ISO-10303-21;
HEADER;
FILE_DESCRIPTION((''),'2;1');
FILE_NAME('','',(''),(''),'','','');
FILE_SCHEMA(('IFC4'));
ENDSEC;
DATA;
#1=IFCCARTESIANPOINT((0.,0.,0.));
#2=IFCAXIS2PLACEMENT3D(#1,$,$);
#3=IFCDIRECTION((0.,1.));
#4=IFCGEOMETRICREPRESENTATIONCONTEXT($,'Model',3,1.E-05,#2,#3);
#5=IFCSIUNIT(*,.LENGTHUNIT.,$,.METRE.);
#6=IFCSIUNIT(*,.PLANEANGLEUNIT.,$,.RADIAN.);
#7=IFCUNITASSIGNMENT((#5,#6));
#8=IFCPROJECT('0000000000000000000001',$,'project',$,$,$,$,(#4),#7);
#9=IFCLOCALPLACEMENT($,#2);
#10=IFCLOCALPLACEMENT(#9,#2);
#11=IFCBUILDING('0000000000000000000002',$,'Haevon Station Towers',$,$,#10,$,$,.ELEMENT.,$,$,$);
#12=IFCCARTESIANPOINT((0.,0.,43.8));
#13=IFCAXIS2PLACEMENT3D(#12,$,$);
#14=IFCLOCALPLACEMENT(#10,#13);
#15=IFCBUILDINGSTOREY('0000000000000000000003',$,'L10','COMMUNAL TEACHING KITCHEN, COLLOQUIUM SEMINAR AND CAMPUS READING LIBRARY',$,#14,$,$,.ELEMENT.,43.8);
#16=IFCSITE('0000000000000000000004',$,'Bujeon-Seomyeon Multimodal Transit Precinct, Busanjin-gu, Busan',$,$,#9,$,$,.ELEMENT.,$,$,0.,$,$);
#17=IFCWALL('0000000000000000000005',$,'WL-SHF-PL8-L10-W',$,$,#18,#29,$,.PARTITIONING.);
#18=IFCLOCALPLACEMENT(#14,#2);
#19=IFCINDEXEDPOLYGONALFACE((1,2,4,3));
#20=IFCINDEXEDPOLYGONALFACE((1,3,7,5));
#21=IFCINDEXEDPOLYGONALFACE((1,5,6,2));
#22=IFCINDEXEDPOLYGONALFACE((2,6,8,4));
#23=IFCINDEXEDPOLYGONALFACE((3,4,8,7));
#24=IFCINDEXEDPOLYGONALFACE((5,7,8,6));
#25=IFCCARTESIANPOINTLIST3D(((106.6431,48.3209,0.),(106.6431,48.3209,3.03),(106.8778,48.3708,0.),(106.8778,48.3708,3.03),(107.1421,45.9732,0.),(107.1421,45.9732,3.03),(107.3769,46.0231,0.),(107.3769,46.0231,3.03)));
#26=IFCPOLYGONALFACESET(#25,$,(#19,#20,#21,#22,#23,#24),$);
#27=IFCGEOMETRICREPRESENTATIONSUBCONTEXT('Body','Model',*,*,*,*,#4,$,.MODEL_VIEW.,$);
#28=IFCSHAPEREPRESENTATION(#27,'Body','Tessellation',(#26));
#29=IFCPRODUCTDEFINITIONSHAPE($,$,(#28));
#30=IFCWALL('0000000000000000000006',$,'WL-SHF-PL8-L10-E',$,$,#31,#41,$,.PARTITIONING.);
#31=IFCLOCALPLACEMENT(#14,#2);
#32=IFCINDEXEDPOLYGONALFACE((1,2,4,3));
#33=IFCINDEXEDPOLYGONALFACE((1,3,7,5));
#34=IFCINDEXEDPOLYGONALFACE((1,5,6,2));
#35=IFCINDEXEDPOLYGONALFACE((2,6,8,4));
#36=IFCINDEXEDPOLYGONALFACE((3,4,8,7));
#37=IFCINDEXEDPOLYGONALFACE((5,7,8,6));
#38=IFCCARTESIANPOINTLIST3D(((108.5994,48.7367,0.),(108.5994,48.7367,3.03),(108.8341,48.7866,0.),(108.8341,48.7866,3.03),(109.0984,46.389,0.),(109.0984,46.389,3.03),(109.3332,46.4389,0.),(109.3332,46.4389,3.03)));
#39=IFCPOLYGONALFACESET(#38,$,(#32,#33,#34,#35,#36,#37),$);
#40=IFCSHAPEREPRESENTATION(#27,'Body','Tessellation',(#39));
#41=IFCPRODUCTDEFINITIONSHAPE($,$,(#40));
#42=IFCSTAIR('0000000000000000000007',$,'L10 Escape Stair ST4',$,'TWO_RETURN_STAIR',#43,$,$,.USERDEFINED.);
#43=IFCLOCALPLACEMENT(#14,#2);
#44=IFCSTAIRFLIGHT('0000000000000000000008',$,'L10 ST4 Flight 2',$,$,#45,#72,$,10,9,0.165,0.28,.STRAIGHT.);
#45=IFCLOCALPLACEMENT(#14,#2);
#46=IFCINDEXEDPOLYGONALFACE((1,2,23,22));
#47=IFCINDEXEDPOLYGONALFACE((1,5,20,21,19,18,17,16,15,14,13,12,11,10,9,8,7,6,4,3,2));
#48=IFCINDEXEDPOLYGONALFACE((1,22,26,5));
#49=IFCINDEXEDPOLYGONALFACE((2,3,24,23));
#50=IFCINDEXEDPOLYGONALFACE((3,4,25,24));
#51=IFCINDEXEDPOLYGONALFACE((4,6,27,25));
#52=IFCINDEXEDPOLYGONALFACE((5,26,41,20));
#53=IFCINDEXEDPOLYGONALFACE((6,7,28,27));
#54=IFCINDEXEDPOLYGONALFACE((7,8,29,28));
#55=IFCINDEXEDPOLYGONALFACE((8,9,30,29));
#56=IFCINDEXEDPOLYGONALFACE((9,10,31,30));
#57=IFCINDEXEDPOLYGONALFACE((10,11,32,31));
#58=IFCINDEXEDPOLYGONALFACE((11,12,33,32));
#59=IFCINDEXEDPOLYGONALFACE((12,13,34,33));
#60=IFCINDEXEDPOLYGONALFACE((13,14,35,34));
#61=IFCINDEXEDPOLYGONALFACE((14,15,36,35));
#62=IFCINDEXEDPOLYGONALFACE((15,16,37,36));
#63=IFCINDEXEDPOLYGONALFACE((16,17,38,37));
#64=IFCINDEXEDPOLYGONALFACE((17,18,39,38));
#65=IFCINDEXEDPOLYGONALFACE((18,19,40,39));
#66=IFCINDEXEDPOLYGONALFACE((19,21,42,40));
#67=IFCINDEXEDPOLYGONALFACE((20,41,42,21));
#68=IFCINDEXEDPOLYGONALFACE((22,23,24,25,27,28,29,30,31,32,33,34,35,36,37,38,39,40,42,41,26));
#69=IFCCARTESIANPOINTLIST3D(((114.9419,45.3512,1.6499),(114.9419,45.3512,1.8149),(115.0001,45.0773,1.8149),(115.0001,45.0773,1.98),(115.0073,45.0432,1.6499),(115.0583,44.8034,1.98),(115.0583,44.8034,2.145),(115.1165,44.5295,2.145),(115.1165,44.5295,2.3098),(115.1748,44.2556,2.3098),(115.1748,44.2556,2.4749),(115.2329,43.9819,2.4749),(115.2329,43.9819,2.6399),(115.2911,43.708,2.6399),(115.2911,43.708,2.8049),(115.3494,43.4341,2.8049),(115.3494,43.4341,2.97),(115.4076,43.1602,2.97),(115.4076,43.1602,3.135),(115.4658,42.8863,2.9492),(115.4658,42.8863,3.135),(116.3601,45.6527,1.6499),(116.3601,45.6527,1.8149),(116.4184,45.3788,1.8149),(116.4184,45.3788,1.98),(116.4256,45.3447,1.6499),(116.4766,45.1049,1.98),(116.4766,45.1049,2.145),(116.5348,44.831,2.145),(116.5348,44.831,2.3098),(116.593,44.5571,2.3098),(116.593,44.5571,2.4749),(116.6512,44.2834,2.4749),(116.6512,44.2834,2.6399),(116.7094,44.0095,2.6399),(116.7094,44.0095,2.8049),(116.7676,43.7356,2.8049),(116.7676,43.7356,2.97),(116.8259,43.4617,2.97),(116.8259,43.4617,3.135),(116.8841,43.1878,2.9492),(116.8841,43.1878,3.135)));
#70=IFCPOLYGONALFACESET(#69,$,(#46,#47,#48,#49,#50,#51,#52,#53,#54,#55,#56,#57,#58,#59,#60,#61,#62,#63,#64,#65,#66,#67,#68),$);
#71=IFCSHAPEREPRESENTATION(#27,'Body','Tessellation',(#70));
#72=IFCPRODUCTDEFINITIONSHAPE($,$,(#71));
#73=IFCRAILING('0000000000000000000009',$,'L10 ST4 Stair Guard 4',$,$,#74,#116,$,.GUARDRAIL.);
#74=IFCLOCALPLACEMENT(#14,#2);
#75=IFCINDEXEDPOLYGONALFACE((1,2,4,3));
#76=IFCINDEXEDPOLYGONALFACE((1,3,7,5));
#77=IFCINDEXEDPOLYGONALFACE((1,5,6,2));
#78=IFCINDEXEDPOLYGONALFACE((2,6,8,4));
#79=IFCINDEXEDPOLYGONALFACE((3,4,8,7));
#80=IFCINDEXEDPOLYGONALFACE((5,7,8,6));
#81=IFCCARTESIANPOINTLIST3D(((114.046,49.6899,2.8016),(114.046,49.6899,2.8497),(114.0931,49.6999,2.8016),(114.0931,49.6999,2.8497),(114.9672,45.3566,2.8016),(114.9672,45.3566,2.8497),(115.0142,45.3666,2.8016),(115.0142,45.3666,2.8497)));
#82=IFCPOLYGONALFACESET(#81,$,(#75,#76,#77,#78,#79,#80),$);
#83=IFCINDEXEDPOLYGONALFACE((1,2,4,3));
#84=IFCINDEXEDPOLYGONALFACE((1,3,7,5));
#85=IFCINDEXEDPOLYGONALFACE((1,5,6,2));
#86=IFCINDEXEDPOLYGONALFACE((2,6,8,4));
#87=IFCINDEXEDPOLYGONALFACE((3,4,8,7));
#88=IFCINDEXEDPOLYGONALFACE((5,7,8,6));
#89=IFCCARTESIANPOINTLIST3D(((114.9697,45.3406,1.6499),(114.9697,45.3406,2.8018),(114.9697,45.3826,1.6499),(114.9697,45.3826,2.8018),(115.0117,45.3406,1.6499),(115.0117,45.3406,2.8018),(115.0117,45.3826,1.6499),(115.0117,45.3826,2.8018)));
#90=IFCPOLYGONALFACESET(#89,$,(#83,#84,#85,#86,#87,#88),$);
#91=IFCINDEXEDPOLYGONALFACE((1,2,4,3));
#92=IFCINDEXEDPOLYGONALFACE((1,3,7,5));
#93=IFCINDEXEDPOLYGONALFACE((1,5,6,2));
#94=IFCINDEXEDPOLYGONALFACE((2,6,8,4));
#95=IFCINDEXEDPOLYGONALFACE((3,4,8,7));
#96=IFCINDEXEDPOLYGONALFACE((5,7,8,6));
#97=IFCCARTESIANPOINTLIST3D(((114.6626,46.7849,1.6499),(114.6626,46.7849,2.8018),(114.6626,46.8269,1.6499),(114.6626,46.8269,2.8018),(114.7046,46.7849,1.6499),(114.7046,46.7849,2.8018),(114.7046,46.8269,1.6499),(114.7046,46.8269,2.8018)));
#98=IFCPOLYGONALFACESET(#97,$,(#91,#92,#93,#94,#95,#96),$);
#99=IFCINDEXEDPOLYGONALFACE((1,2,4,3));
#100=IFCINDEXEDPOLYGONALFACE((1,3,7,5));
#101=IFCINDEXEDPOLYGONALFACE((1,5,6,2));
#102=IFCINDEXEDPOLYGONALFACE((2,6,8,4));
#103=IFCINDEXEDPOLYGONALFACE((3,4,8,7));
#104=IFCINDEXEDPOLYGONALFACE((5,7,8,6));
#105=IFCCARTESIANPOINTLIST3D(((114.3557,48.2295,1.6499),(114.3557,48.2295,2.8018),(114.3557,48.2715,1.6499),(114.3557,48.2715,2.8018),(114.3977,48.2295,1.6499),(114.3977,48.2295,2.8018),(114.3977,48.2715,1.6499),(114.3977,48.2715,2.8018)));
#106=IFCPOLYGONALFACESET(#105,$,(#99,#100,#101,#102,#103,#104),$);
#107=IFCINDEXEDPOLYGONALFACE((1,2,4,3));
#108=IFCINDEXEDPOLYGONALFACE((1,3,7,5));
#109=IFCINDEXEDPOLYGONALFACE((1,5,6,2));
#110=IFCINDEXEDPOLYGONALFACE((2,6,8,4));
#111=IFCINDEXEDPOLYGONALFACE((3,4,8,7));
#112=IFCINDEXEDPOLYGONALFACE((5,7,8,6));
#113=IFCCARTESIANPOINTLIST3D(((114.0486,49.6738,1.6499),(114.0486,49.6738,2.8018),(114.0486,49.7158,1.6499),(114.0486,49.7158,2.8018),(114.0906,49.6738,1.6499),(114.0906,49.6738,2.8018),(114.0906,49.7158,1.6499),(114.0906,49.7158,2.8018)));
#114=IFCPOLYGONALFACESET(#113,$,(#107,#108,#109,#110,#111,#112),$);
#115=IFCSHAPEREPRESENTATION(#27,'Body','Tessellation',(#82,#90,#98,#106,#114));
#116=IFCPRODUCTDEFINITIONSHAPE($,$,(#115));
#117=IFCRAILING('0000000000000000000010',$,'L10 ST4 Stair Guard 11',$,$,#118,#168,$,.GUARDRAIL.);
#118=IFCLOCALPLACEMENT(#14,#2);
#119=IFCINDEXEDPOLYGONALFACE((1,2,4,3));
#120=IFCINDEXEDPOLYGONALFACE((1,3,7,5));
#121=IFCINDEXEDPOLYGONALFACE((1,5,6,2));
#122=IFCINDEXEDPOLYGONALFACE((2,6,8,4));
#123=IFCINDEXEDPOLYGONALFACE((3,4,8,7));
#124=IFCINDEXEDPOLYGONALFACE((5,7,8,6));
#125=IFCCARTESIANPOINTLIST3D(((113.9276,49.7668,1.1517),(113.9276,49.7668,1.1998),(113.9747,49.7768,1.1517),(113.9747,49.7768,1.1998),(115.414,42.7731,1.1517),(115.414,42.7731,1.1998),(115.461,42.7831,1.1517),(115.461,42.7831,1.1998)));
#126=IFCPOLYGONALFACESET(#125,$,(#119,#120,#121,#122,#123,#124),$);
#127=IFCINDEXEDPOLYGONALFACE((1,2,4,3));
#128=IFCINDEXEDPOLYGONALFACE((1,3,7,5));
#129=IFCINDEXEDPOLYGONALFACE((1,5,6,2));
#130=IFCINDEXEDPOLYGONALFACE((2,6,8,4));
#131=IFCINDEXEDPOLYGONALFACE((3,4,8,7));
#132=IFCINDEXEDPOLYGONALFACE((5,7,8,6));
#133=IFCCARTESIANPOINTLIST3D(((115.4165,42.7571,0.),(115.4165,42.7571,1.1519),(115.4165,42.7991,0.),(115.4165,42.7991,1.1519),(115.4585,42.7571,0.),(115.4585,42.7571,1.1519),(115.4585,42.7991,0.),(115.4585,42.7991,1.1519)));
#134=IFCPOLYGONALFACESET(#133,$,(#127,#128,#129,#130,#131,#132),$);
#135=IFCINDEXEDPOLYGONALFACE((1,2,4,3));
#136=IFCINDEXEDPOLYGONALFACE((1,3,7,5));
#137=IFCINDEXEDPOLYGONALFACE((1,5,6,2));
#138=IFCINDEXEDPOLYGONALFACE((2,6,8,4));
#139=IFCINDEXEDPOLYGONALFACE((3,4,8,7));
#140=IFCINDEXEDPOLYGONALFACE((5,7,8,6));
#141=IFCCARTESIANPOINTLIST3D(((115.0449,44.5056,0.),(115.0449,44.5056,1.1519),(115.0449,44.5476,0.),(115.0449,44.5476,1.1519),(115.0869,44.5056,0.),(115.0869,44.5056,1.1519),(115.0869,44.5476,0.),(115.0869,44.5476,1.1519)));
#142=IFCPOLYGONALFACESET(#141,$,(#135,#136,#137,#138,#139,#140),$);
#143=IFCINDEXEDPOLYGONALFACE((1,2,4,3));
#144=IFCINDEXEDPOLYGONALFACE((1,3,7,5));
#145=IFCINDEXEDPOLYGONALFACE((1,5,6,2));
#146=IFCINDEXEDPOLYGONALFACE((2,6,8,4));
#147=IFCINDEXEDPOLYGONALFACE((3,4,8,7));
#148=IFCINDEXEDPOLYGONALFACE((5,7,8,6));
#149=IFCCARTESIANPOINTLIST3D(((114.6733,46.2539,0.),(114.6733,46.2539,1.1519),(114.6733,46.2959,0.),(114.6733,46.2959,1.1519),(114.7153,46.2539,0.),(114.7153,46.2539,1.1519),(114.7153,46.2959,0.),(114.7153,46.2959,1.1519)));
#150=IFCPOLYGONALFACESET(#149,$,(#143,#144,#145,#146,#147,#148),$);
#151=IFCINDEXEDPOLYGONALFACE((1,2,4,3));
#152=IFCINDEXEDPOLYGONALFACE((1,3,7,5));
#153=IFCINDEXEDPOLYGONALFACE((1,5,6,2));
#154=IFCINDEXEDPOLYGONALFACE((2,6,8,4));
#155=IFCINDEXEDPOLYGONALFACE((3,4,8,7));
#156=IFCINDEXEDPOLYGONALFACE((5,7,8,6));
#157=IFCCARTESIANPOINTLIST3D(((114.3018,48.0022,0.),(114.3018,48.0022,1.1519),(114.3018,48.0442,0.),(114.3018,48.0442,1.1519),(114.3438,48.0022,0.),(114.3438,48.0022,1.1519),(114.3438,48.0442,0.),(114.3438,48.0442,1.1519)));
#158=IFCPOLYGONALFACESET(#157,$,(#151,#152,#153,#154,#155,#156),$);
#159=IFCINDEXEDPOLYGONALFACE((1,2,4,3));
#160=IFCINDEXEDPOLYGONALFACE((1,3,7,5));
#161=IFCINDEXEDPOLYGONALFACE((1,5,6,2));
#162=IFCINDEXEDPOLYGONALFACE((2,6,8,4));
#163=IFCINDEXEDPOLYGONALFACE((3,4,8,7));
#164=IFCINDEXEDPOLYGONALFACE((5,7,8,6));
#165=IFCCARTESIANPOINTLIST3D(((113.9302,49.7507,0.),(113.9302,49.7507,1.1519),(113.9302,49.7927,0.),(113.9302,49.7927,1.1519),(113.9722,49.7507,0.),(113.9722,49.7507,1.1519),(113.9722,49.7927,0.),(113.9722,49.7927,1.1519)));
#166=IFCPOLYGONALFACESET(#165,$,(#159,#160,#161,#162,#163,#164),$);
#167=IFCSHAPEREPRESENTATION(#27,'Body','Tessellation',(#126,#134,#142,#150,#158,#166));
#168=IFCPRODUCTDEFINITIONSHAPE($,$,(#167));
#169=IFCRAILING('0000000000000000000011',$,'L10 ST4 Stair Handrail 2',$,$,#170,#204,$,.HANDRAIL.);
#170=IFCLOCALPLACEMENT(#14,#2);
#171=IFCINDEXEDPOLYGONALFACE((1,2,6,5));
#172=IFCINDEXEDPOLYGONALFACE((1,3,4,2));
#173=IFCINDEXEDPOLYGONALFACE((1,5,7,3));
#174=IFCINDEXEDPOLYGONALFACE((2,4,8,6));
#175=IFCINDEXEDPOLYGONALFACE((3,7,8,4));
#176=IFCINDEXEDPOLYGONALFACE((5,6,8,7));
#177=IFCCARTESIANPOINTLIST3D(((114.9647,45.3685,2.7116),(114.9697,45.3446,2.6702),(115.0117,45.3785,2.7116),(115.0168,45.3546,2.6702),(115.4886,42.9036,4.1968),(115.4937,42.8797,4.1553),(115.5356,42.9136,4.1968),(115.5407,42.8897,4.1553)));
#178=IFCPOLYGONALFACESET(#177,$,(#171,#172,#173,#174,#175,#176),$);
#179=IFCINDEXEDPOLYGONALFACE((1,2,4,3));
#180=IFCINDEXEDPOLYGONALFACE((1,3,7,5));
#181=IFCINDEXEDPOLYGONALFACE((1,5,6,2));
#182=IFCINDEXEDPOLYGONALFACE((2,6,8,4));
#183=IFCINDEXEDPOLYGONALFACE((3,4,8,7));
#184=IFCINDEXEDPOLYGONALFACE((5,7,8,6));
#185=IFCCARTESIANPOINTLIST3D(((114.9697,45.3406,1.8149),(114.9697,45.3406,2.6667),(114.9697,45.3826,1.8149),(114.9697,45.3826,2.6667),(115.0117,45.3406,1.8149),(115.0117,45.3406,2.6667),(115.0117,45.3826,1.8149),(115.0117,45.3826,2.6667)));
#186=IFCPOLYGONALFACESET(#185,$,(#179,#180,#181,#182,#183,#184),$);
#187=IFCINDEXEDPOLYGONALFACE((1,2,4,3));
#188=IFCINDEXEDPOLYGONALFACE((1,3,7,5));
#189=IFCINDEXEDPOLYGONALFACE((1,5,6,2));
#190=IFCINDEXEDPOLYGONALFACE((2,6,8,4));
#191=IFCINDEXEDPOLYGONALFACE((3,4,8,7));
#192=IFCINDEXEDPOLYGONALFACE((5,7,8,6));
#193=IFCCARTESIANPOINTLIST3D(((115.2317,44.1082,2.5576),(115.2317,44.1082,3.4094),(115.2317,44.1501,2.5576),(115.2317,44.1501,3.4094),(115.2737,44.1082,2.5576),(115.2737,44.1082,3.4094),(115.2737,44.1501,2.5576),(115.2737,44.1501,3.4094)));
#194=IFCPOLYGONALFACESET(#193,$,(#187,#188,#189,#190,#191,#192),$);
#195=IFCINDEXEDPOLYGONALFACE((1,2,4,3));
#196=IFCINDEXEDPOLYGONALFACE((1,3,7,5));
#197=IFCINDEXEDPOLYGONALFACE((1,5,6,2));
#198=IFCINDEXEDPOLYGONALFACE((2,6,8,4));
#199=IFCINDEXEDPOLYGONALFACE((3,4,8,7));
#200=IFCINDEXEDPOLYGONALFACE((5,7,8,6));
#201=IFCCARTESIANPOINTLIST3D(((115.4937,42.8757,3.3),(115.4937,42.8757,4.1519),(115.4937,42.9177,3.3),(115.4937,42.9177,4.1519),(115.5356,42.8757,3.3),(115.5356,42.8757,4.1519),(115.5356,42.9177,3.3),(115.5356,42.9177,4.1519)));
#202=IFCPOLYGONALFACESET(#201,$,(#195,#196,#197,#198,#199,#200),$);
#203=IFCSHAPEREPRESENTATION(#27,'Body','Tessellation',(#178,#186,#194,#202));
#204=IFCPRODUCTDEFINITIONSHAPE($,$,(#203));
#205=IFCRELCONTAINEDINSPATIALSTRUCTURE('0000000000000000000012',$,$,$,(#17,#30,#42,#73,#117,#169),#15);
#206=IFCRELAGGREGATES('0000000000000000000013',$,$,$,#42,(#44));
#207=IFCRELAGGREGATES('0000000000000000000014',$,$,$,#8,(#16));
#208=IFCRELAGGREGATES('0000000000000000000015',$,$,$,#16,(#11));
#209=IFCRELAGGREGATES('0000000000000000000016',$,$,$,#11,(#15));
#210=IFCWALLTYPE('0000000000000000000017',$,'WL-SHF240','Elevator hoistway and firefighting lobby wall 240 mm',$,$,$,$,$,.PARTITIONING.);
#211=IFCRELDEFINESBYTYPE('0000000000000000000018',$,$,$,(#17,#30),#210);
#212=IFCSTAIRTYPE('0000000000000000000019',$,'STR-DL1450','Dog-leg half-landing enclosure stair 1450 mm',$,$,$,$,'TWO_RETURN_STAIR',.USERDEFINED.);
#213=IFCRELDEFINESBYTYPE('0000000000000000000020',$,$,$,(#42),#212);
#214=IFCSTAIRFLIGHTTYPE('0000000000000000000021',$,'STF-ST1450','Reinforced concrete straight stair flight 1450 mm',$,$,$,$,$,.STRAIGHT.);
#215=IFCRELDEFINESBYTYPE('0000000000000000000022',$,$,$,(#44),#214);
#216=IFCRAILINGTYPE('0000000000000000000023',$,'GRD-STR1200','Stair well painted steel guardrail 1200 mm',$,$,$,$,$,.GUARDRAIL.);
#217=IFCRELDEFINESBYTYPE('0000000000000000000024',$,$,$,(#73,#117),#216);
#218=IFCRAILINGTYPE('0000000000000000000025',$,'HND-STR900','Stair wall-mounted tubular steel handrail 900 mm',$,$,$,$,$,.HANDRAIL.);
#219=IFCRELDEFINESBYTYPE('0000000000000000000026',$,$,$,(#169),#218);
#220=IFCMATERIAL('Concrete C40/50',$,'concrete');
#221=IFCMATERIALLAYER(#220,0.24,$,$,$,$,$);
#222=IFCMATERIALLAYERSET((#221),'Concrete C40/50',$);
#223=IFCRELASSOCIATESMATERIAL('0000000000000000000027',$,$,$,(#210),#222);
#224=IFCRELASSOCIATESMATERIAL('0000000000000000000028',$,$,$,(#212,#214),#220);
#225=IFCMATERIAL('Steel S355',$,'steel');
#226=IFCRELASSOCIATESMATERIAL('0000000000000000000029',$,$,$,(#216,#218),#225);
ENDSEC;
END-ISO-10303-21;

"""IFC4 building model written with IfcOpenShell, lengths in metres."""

from ifc_helpers import new_model, si_unit, direction, frame, frame_2d, origin, origin_2d, place, context, subcontext, project, spatial, polyline, rectangle, outline, extrude, material, layer, layer_set, type_object, element, aggregate, save


model = new_model("IFC4")

# Units and contexts
model_context = context("Model", 3, precision=1e-05, world=origin(), true_north=direction((0.0, 1.0)))
body_context = subcontext(model_context, "Body", "Model", "MODEL_VIEW")
ifc_project = project(units=[si_unit("LENGTHUNIT", "METRE"), si_unit("PLANEANGLEUNIT", "RADIAN")], contexts=[model_context])

# Site, building, storey
site_placement = place(None, origin())
site = spatial("IfcSite", under=ifc_project, at=site_placement, Name="Bujeon-Seomyeon Multimodal Transit Precinct, Busanjin-gu, Busan", CompositionType="ELEMENT", RefElevation=0.0)
building_placement = place(site_placement, origin())
building = spatial("IfcBuilding", under=site, at=building_placement, Name="Haevon Station Towers", CompositionType="ELEMENT")
storey_placement = place(building_placement, frame((0.0, 0.0, 43.8)))
storey = spatial("IfcBuildingStorey", under=building, at=storey_placement, Name="L10", Description="COMMUNAL TEACHING KITCHEN, COLLOQUIUM SEMINAR AND CAMPUS READING LIBRARY", CompositionType="ELEMENT", Elevation=43.8)

# Shared definitions
ifc_material_1 = material(Name="Steel S355", Category="steel")

# Shared definitions
ifc_material_2 = material(Name="Concrete C40/50", Category="concrete")
ifc_layer_1 = layer(ifc_material_2, 0.24)
ifc_layer_set_1 = layer_set([ifc_layer_1], Name="Concrete C40/50")
wall_type_1 = type_object("IfcWallType", Name="WL-SHF240", Description="Elevator hoistway and firefighting lobby wall 240 mm", PredefinedType="PARTITIONING", material=ifc_layer_set_1)

# Walls
for number, where, z_axis, x_axis, name in (
    (1, (107.2595, 45.998, 0.0), (0.0, 0.0, 1.0), (-0.207917, 0.978146, 0.0), "WL-SHF-PL8-L10-W"),
    (2, (109.2158, 46.4138, 0.0), (0.0, 0.0, 1.0), (-0.207917, 0.978146, 0.0), "WL-SHF-PL8-L10-E"),
):
    element("IfcWall", number, at=place(storey_placement, frame(where, z_axis=z_axis, x_axis=x_axis)), inside=storey, type_object=wall_type_1, Name=name, PredefinedType="PARTITIONING", context=body_context, shape_type="SweptSolid", body=[
        extrude(rectangle(XDim=2.4001, YDim=0.24, at=frame_2d((1.2002, 0.0))), origin(), (0.0, 0.0, 1.0), 3.03),
    ])

# Stair, stair flight
stair_type = type_object("IfcStairType", Name="STR-DL1450", Description="Dog-leg half-landing enclosure stair 1450 mm", ElementType="TWO_RETURN_STAIR", PredefinedType="USERDEFINED", material=ifc_material_2)
stair_placement = place(storey_placement, origin())
stair = element("IfcStair", 3, at=stair_placement, inside=storey, type_object=stair_type, Name="L10 Escape Stair ST4", ObjectType="TWO_RETURN_STAIR", PredefinedType="USERDEFINED")
stair_flight_type = type_object("IfcStairFlightType", Name="STF-ST1450", Description="Reinforced concrete straight stair flight 1450 mm", PredefinedType="STRAIGHT", material=ifc_material_2)
stair_flight_placement = place(storey_placement, frame((115.6509, 45.502, 1.6499), z_axis=(0.0, 0.0, 1.0), x_axis=(0.207912, -0.978148, 0.0)))
stair_flight = element("IfcStairFlight", 4, at=stair_flight_placement, type_object=stair_flight_type, Name="L10 ST4 Flight 2", NumberOfRisers=10, NumberOfTreads=9, PredefinedType="STRAIGHT", RiserHeight=0.165, TreadLength=0.28, context=body_context, shape_type="SweptSolid", body=[
    extrude(outline(polyline([(0.0, 0.0), (0.0, 0.165), (0.28, 0.165), (0.28, 0.3301), (0.5601, 0.3301), (0.5601, 0.4951), (0.8401, 0.4951), (0.8401, 0.6599), (1.1201, 0.6599), (1.1201, 0.825), (1.3999, 0.825), (1.3999, 0.99), (1.6799, 0.99), (1.6799, 1.155), (1.96, 1.155), (1.96, 1.3201), (2.24, 1.3201), (2.24, 1.4851), (2.52, 1.4851), (2.52, 1.6499), (2.52, 1.2993), (0.3149, 0.0), (0.0, 0.0)])), frame((0.0, 0.7251, 0.0), z_axis=(0.0, -1.0, 0.0), x_axis=(1.0, 0.0, 0.0)), (0.0, 0.0, 1.0), 1.45),
])
aggregate(stair, [stair_flight])

# Railings
railing_type_1 = type_object("IfcRailingType", Name="GRD-STR1200", Description="Stair well painted steel guardrail 1200 mm", PredefinedType="GUARDRAIL", material=ifc_material_1)
railing_1_placement = place(storey_placement, frame((114.9907, 45.3616, 1.6499)))
element("IfcRailing", 5, at=railing_1_placement, inside=storey, type_object=railing_type_1, Name="L10 ST4 Stair Guard 4", PredefinedType="GUARDRAIL", context=body_context, shape_type="SweptSolid", body=[
    extrude(rectangle(XDim=0.0481, YDim=0.0481, at=origin_2d()), frame((0.0, 0.0, 1.1758), z_axis=(-0.207929, 0.978144, 0.0), x_axis=(-0.978144, -0.207929, 0.0)), (0.0, 0.0, 1.0), 4.4302),
    extrude(rectangle(XDim=0.042, YDim=0.042, at=origin_2d()), origin(), (0.0, 0.0, 1.0), 1.1519),
    extrude(rectangle(XDim=0.042, YDim=0.042, at=origin_2d()), frame((-0.3071, 1.4443, 0.0)), (0.0, 0.0, 1.0), 1.1519),
    extrude(rectangle(XDim=0.042, YDim=0.042, at=origin_2d()), frame((-0.614, 2.8889, 0.0)), (0.0, 0.0, 1.0), 1.1519),
    extrude(rectangle(XDim=0.042, YDim=0.042, at=origin_2d()), frame((-0.9211, 4.3333, 0.0)), (0.0, 0.0, 1.0), 1.1519),
])
railing_2_placement = place(storey_placement, frame((115.4375, 42.7781, 0.0)))
element("IfcRailing", 6, at=railing_2_placement, inside=storey, type_object=railing_type_1, Name="L10 ST4 Stair Guard 11", PredefinedType="GUARDRAIL", context=body_context, shape_type="SweptSolid", body=[
    extrude(rectangle(XDim=0.0481, YDim=0.0481, at=origin_2d()), frame((0.0, 0.0, 1.1758), z_axis=(-0.207882, 0.978154, 0.0), x_axis=(-0.978154, -0.207882, 0.0)), (0.0, 0.0, 1.0), 7.1499),
    extrude(rectangle(XDim=0.042, YDim=0.042, at=origin_2d()), origin(), (0.0, 0.0, 1.0), 1.1519),
    extrude(rectangle(XDim=0.042, YDim=0.042, at=origin_2d()), frame((-0.3716, 1.7485, 0.0)), (0.0, 0.0, 1.0), 1.1519),
    extrude(rectangle(XDim=0.042, YDim=0.042, at=origin_2d()), frame((-0.7432, 3.4968, 0.0)), (0.0, 0.0, 1.0), 1.1519),
    extrude(rectangle(XDim=0.042, YDim=0.042, at=origin_2d()), frame((-1.1147, 5.2451, 0.0)), (0.0, 0.0, 1.0), 1.1519),
    extrude(rectangle(XDim=0.042, YDim=0.042, at=origin_2d()), frame((-1.4863, 6.9937, 0.0)), (0.0, 0.0, 1.0), 1.1519),
])
railing_type_2 = type_object("IfcRailingType", Name="HND-STR900", Description="Stair wall-mounted tubular steel handrail 900 mm", PredefinedType="HANDRAIL", material=ifc_material_1)
railing_3_placement = place(storey_placement, frame((114.9907, 45.3616, 1.8149)))
element("IfcRailing", 7, at=railing_3_placement, inside=storey, type_object=railing_type_2, Name="L10 ST4 Stair Handrail 2", PredefinedType="HANDRAIL", context=body_context, shape_type="SweptSolid", body=[
    extrude(rectangle(XDim=0.0481, YDim=0.0481, at=origin_2d()), frame((0.0, 0.0, 0.876), z_axis=(0.179121, -0.842688, 0.507733), x_axis=(0.978147, 0.207914, 0.0)), (0.0, 0.0, 1.0), 2.925),
    extrude(rectangle(XDim=0.042, YDim=0.042, at=origin_2d()), origin(), (0.0, 0.0, 1.0), 0.8518),
    extrude(rectangle(XDim=0.042, YDim=0.042, at=origin_2d()), frame((0.262, -1.2324, 0.7427)), (0.0, 0.0, 1.0), 0.8518),
    extrude(rectangle(XDim=0.042, YDim=0.042, at=origin_2d()), frame((0.5239, -2.4648, 1.4851)), (0.0, 0.0, 1.0), 0.8518),
])

save(model, "model.ifc")
